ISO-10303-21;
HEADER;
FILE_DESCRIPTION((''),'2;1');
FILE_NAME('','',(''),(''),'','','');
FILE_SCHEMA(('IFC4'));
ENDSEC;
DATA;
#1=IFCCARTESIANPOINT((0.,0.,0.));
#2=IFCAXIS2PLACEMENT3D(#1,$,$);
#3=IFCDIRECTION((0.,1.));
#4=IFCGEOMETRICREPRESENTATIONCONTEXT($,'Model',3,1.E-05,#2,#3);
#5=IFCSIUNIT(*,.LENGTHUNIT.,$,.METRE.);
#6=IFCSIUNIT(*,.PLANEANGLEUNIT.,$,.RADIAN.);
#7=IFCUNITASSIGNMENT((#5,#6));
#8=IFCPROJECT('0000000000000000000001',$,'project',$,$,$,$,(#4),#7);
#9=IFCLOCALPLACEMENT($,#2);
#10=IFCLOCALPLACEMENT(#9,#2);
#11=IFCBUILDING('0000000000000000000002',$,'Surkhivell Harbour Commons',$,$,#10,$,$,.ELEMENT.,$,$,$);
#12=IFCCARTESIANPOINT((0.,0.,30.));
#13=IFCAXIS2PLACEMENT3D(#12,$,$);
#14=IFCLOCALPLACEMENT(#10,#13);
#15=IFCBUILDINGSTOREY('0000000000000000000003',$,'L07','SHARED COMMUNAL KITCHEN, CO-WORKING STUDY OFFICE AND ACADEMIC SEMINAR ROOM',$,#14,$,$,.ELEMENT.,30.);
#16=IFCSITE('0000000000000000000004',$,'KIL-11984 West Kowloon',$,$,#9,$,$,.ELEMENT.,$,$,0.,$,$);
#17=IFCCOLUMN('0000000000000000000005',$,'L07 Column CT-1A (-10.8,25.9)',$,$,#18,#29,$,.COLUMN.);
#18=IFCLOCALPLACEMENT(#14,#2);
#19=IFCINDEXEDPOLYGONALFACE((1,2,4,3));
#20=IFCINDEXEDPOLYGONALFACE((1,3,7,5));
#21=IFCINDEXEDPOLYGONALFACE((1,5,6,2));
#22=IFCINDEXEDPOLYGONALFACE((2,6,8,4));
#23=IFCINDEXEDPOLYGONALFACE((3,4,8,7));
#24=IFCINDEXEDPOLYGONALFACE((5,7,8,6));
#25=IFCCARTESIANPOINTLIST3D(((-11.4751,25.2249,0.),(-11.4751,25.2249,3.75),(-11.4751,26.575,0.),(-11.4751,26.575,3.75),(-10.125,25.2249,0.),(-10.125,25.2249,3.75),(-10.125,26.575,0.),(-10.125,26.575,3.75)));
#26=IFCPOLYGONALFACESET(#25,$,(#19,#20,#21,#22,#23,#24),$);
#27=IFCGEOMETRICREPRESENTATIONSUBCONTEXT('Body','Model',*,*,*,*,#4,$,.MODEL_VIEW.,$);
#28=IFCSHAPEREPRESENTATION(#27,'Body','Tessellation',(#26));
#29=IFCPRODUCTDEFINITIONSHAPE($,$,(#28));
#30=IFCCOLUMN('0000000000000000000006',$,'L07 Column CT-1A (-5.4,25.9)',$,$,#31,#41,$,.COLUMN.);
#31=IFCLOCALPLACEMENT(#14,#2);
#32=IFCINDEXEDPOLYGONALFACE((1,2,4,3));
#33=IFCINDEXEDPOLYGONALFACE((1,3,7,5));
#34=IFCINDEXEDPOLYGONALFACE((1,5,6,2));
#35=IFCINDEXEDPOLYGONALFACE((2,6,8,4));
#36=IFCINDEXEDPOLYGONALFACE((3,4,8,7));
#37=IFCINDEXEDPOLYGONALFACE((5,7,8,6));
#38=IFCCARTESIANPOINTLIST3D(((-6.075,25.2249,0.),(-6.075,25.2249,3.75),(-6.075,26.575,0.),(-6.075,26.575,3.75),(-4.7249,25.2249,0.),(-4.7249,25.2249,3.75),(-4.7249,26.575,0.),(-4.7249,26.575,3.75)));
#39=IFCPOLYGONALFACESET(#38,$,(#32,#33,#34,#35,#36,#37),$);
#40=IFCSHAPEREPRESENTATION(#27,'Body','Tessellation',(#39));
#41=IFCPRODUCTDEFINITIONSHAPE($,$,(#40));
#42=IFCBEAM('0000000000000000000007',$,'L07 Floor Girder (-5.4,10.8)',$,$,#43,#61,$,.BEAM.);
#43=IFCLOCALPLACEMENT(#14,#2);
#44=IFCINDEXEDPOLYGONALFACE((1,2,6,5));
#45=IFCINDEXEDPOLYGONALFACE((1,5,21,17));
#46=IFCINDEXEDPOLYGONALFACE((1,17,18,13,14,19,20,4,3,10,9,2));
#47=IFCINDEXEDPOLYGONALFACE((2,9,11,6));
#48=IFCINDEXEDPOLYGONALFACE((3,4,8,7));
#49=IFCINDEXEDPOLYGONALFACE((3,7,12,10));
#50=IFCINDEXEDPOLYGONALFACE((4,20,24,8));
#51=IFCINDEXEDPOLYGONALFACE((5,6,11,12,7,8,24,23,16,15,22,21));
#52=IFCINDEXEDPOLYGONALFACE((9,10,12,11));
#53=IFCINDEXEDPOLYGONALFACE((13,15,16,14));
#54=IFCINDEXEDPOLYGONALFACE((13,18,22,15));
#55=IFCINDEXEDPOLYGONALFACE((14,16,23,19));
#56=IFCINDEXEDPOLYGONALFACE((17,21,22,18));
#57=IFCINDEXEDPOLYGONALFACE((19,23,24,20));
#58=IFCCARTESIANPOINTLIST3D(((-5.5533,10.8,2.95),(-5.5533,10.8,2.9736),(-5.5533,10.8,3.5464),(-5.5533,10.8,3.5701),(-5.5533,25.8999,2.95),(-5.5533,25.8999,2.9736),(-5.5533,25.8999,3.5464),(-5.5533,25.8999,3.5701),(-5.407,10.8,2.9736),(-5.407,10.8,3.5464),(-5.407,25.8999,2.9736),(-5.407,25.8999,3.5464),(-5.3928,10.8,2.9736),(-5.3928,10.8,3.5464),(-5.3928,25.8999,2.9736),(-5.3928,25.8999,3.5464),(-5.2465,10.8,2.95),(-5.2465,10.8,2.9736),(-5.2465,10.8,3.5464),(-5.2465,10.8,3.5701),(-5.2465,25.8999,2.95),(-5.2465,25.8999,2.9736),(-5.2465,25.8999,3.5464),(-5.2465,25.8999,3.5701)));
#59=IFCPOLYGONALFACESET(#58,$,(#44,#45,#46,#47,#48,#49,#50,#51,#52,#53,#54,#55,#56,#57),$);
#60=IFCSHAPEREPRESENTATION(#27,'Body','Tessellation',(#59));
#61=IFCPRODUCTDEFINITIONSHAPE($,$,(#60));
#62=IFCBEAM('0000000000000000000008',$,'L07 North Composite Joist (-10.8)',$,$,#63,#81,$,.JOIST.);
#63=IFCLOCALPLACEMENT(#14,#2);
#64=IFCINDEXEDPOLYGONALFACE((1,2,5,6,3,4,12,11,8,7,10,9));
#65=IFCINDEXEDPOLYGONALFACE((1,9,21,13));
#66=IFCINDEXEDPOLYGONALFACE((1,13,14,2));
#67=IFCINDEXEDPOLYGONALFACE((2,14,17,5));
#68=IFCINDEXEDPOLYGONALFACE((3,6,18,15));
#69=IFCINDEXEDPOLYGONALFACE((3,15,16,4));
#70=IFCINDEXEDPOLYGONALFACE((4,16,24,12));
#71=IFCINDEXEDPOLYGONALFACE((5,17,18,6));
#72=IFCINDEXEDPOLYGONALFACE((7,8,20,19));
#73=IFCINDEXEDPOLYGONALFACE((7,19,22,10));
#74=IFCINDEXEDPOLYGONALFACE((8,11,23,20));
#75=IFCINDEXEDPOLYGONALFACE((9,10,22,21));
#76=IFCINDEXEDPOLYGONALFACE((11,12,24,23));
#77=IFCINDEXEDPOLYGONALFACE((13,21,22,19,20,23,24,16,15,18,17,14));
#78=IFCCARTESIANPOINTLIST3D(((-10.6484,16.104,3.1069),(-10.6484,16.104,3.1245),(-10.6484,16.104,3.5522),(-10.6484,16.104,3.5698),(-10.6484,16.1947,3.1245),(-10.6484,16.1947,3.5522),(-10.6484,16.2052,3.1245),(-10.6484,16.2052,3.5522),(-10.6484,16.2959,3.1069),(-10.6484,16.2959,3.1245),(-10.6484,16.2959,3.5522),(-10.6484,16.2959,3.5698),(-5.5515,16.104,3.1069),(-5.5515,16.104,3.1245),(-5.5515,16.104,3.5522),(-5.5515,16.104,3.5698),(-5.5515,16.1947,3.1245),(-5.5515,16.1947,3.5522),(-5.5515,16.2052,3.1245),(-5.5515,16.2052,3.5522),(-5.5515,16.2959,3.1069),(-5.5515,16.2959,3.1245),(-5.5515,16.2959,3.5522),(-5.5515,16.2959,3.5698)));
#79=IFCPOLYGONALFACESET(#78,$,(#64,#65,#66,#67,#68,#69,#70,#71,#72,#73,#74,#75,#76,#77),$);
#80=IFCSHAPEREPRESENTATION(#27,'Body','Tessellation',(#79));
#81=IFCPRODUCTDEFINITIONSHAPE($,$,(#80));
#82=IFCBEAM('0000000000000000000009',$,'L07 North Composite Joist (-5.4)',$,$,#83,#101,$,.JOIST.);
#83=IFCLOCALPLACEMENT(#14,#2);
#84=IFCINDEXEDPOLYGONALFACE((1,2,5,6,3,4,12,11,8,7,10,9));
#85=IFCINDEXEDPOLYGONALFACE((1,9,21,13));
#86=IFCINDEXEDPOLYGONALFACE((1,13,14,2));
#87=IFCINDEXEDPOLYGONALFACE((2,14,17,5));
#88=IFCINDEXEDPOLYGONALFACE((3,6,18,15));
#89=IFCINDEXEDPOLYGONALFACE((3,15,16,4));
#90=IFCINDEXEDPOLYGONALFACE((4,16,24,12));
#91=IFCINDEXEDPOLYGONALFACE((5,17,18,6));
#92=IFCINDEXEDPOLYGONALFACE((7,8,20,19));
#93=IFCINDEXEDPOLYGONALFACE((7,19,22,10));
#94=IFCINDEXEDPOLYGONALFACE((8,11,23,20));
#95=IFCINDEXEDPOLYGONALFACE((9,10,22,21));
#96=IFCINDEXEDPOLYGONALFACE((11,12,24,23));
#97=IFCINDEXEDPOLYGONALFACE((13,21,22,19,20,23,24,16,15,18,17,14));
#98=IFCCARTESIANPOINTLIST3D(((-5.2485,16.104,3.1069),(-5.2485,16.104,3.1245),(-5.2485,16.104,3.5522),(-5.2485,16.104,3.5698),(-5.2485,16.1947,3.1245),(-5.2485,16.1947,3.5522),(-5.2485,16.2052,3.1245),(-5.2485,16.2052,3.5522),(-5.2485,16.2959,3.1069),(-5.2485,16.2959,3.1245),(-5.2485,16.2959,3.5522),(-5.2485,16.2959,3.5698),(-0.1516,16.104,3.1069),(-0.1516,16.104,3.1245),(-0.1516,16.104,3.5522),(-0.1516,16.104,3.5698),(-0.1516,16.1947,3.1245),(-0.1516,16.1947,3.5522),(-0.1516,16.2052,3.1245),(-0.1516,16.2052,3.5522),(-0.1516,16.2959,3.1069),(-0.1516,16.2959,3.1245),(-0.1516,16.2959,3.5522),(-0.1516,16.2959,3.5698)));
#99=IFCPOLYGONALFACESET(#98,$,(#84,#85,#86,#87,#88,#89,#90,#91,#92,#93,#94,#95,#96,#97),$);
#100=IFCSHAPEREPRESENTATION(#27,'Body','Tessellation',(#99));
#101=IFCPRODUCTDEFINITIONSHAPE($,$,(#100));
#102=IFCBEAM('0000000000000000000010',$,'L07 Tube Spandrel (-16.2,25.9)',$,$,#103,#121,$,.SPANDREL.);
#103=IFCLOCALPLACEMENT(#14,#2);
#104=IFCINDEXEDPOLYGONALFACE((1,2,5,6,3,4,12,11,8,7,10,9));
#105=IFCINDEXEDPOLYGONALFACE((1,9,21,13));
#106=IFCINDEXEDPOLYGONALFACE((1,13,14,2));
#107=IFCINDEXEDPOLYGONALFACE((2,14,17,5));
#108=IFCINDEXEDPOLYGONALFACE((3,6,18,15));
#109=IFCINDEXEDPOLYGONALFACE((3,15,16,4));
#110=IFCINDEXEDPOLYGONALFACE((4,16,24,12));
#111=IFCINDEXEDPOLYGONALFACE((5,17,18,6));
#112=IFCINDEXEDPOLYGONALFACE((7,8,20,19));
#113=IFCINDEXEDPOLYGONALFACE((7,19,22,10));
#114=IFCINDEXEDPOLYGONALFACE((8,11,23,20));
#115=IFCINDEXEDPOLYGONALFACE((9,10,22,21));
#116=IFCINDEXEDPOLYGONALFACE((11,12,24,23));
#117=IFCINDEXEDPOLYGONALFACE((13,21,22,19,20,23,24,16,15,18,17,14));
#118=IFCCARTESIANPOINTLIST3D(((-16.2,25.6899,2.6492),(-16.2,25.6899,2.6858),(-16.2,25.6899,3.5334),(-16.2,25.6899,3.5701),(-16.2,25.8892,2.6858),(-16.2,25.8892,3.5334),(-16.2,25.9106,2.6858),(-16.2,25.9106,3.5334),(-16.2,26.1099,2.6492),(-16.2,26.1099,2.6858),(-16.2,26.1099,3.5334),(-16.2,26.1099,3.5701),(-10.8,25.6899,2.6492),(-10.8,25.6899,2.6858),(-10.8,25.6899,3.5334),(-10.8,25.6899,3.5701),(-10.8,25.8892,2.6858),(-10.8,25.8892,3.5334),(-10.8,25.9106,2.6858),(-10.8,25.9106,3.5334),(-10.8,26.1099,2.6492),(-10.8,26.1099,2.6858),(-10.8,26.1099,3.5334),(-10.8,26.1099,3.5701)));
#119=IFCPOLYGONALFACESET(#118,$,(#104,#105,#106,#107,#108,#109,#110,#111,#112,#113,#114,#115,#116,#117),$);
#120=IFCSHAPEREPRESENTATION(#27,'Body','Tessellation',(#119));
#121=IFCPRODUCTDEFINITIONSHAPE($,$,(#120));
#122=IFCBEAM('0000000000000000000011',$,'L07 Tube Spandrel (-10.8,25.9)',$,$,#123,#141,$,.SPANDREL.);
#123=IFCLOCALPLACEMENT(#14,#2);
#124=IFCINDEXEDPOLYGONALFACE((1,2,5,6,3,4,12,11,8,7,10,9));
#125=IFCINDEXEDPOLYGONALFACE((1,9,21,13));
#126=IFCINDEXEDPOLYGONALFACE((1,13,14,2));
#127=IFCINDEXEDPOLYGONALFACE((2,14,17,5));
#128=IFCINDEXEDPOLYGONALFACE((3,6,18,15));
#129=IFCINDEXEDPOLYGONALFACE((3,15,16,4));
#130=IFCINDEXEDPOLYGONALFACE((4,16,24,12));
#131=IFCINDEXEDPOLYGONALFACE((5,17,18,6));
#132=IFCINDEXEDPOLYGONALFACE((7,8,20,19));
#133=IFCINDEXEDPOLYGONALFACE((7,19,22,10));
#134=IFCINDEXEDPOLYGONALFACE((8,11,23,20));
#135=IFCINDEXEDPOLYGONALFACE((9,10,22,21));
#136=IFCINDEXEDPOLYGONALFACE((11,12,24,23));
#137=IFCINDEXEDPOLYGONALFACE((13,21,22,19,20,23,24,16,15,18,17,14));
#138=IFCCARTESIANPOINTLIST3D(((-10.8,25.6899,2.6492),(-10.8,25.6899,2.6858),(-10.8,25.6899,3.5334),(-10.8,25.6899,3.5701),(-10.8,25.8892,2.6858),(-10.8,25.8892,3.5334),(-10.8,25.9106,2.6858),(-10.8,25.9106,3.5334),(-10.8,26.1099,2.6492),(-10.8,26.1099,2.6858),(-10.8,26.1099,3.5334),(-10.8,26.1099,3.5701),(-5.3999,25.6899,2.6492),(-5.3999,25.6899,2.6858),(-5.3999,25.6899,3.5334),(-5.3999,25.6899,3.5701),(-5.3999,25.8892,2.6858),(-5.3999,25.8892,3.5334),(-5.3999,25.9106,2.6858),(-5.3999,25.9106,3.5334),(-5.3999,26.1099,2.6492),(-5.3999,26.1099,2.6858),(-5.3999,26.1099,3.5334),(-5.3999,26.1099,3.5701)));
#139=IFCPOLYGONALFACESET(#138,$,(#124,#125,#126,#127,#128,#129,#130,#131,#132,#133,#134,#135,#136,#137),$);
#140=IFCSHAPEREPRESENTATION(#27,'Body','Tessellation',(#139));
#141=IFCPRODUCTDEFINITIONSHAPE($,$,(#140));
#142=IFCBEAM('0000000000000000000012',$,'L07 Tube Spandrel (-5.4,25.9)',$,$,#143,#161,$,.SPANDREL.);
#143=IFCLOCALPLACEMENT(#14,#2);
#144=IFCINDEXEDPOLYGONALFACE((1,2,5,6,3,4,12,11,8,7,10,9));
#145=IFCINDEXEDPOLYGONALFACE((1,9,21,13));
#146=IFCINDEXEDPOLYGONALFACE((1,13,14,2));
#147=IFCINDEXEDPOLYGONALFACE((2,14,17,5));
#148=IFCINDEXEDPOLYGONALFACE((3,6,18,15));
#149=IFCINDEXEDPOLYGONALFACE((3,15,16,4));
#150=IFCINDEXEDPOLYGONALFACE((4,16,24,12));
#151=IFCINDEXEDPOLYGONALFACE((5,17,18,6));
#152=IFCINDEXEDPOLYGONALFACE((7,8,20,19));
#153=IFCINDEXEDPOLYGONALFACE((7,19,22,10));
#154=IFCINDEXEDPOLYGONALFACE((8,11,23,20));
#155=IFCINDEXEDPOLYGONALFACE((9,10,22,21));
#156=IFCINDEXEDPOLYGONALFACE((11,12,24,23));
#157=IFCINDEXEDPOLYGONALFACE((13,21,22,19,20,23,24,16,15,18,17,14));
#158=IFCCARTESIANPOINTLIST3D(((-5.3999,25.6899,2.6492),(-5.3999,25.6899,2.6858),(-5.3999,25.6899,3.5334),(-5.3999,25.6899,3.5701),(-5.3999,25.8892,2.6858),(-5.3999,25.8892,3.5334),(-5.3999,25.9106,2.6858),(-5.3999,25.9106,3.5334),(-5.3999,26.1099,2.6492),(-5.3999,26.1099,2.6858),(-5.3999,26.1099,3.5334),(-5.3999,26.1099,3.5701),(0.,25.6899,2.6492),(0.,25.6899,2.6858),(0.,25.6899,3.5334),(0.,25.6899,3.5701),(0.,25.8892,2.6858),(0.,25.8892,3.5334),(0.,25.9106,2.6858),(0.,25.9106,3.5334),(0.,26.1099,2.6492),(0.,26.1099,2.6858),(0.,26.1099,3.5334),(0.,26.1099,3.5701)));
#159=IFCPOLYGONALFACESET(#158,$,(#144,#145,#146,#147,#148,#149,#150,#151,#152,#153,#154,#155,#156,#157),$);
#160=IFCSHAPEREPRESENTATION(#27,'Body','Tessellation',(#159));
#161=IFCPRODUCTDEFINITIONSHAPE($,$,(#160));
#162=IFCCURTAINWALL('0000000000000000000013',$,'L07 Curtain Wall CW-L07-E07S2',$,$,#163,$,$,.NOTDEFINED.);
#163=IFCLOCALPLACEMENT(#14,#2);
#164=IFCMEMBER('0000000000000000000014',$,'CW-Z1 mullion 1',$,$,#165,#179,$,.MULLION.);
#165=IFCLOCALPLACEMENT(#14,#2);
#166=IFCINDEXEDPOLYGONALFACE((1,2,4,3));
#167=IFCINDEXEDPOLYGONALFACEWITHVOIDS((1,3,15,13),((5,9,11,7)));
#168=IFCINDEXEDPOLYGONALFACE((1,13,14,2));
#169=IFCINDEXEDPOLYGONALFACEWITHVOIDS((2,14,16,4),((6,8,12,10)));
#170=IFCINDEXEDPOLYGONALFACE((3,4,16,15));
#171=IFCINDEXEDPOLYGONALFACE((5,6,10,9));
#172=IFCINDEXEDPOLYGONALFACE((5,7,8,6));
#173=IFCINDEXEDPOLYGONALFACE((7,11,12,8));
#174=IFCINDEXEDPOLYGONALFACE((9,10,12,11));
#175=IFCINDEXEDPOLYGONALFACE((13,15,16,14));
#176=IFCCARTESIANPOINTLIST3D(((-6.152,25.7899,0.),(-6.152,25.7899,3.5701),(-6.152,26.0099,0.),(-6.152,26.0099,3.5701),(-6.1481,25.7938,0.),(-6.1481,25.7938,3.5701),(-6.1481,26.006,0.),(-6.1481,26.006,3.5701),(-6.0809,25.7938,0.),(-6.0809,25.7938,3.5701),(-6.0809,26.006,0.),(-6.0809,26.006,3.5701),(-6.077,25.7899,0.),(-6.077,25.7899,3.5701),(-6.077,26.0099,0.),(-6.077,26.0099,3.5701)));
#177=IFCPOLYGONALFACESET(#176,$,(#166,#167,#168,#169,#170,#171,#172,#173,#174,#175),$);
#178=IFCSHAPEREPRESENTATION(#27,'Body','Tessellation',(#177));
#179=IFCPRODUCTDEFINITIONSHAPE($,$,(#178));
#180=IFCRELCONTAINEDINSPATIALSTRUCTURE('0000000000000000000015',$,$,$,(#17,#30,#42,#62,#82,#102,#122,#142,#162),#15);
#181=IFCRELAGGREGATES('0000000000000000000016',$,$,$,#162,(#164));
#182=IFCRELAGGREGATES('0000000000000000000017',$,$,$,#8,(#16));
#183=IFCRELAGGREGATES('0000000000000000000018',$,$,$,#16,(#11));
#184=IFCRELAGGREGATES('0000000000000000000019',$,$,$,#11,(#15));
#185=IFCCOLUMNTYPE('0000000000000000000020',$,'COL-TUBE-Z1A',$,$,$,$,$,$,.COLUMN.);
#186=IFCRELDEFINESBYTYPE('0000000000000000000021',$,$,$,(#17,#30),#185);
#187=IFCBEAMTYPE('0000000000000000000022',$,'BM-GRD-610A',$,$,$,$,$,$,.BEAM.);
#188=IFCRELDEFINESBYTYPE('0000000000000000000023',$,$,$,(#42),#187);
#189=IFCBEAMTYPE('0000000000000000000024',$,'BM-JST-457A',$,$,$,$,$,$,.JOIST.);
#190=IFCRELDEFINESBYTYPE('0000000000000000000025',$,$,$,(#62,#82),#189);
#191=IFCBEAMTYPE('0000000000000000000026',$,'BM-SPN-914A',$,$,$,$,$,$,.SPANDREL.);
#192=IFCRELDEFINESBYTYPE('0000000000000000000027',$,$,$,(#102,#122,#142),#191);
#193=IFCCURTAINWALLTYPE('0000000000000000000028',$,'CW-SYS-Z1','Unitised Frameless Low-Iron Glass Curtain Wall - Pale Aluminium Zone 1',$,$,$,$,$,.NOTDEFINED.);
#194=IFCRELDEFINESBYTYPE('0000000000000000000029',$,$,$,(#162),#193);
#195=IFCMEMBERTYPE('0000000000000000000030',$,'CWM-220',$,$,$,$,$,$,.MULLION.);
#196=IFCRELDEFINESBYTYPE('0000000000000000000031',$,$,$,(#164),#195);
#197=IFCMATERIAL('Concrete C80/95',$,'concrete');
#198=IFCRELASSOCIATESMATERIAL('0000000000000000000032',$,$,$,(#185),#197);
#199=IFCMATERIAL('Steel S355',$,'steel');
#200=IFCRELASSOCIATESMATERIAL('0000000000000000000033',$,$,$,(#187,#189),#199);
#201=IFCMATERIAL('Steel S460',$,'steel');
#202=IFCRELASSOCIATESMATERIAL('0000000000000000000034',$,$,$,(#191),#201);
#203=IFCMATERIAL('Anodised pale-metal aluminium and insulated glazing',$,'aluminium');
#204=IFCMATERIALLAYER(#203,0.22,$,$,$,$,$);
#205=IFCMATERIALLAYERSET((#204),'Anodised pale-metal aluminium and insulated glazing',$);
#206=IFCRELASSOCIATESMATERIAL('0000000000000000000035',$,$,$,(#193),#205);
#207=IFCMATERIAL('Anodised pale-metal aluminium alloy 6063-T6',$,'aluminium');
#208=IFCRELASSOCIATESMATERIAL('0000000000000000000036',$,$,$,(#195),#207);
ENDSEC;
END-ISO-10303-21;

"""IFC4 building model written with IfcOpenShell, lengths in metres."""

from ifc_helpers import new_model, si_unit, direction, frame, origin, origin_2d, place, context, subcontext, project, spatial, rectangle, hollow_rectangle, i_section, extrude, material, layer, layer_set, material_profile, profile_set, type_object, element, aggregate, save


model = new_model("IFC4")

# Units and contexts
model_context = context("Model", 3, precision=1e-05, world=origin(), true_north=direction((0.0, 1.0)))
body_context = subcontext(model_context, "Body", "Model", "MODEL_VIEW")
ifc_project = project(units=[si_unit("LENGTHUNIT", "METRE"), si_unit("PLANEANGLEUNIT", "RADIAN")], contexts=[model_context])

# Site, building, storey
site_placement = place(None, origin())
site = spatial("IfcSite", under=ifc_project, at=site_placement, Name="KIL-11984 West Kowloon", CompositionType="ELEMENT", RefElevation=0.0)
building_placement = place(site_placement, origin())
building = spatial("IfcBuilding", under=site, at=building_placement, Name="Surkhivell Harbour Commons", CompositionType="ELEMENT")
storey_placement = place(building_placement, frame((0.0, 0.0, 30.0)))
storey = spatial("IfcBuildingStorey", under=building, at=storey_placement, Name="L07", Description="SHARED COMMUNAL KITCHEN, CO-WORKING STUDY OFFICE AND ACADEMIC SEMINAR ROOM", CompositionType="ELEMENT", Elevation=30.0)

# Columns
ifc_material_1 = material(Name="Concrete C80/95", Category="concrete")
ifc_material_profile_1 = material_profile(ifc_material_1, rectangle(XDim=1.3501, YDim=1.3501, at=origin_2d()), Name="RC-COL-1350x1350")
ifc_profile_set_1 = profile_set([ifc_material_profile_1], Name="Concrete C80/95")
column_type = type_object("IfcColumnType", Name="COL-TUBE-Z1A", PredefinedType="COLUMN", material=ifc_profile_set_1)
for number, where, z_axis, x_axis, name in (
    (1, (-10.8, 25.8999, 0.0), (0.0, 0.0, 1.0), (1.0, 0.0, 0.0), "L07 Column CT-1A (-10.8,25.9)"),
    (2, (-5.3999, 25.8999, 0.0), (0.0, 0.0, 1.0), (1.0, 0.0, 0.0), "L07 Column CT-1A (-5.4,25.9)"),
):
    element("IfcColumn", number, at=place(storey_placement, frame(where, z_axis=z_axis, x_axis=x_axis)), inside=storey, type_object=column_type, Name=name, PredefinedType="COLUMN", context=body_context, shape_type="SweptSolid", body=[
        extrude(rectangle(XDim=1.3501, YDim=1.3501, at=origin_2d()), origin(), (0.0, 0.0, 1.0), 3.75),
    ])

# Beams
ifc_material_2 = material(Name="Steel S355", Category="steel")
ifc_material_profile_2 = material_profile(ifc_material_2, i_section(OverallWidth=0.3069, OverallDepth=0.6201, WebThickness=0.0142, FlangeThickness=0.0237, at=origin_2d()), Name="UB610x305x179")
ifc_profile_set_2 = profile_set([ifc_material_profile_2], Name="Steel S355")
beam_type_1 = type_object("IfcBeamType", Name="BM-GRD-610A", PredefinedType="BEAM", material=ifc_profile_set_2)
beam_1_placement = place(storey_placement, frame((-5.3999, 10.8, 3.26), z_axis=(0.0, 1.0, 0.0), x_axis=(-1.0, 0.0, 0.0)))
element("IfcBeam", 3, at=beam_1_placement, inside=storey, type_object=beam_type_1, Name="L07 Floor Girder (-5.4,10.8)", PredefinedType="BEAM", context=body_context, shape_type="SweptSolid", body=[
    extrude(i_section(OverallWidth=0.3069, OverallDepth=0.6201, WebThickness=0.0142, FlangeThickness=0.0237, at=origin_2d()), origin(), (0.0, 0.0, 1.0), 15.0999),
])
ifc_material_profile_3 = material_profile(ifc_material_2, i_section(OverallWidth=0.1919, OverallDepth=0.4629, WebThickness=0.0105, FlangeThickness=0.0176, at=origin_2d()), Name="UB457x191x89")
ifc_profile_set_3 = profile_set([ifc_material_profile_3], Name="Steel S355")
beam_type_2 = type_object("IfcBeamType", Name="BM-JST-457A", PredefinedType="JOIST", material=ifc_profile_set_3)
for number, where, z_axis, x_axis, name in (
    (4, (-10.6484, 16.2, 3.3384), (1.0, 0.0, 0.0), (0.0, 1.0, 0.0), "L07 North Composite Joist (-10.8)"),
    (5, (-5.2485, 16.2, 3.3384), (1.0, 0.0, 0.0), (0.0, 1.0, 0.0), "L07 North Composite Joist (-5.4)"),
):
    element("IfcBeam", number, at=place(storey_placement, frame(where, z_axis=z_axis, x_axis=x_axis)), inside=storey, type_object=beam_type_2, Name=name, PredefinedType="JOIST", context=body_context, shape_type="SweptSolid", body=[
        extrude(i_section(OverallWidth=0.1919, OverallDepth=0.4629, WebThickness=0.0105, FlangeThickness=0.0176, at=origin_2d()), origin(), (0.0, 0.0, 1.0), 5.0969),
    ])
ifc_material_3 = material(Name="Steel S460", Category="steel")
ifc_material_profile_4 = material_profile(ifc_material_3, i_section(OverallWidth=0.4199, OverallDepth=0.9209, WebThickness=0.0215, FlangeThickness=0.0366, at=origin_2d()), Name="UB914x419x388")
ifc_profile_set_4 = profile_set([ifc_material_profile_4], Name="Steel S460")
beam_type_3 = type_object("IfcBeamType", Name="BM-SPN-914A", PredefinedType="SPANDREL", material=ifc_profile_set_4)
beam_2_placement = place(storey_placement, frame((-16.2, 25.8999, 3.1096), z_axis=(1.0, 0.0, 0.0), x_axis=(0.0, 1.0, 0.0)))
element("IfcBeam", 6, at=beam_2_placement, inside=storey, type_object=beam_type_3, Name="L07 Tube Spandrel (-16.2,25.9)", PredefinedType="SPANDREL", context=body_context, shape_type="SweptSolid", body=[
    extrude(i_section(OverallWidth=0.4199, OverallDepth=0.9209, WebThickness=0.0215, FlangeThickness=0.0366, at=origin_2d()), origin(), (0.0, 0.0, 1.0), 5.3999),
])
beam_3_placement = place(storey_placement, frame((-10.8, 25.8999, 3.1096), z_axis=(1.0, 0.0, 0.0), x_axis=(0.0, 1.0, 0.0)))
element("IfcBeam", 7, at=beam_3_placement, inside=storey, type_object=beam_type_3, Name="L07 Tube Spandrel (-10.8,25.9)", PredefinedType="SPANDREL", context=body_context, shape_type="SweptSolid", body=[
    extrude(i_section(OverallWidth=0.4199, OverallDepth=0.9209, WebThickness=0.0215, FlangeThickness=0.0366, at=origin_2d()), origin(), (0.0, 0.0, 1.0), 5.4001),
])
beam_4_placement = place(storey_placement, frame((-5.3999, 25.8999, 3.1096), z_axis=(1.0, 0.0, 0.0), x_axis=(0.0, 1.0, 0.0)))
element("IfcBeam", 8, at=beam_4_placement, inside=storey, type_object=beam_type_3, Name="L07 Tube Spandrel (-5.4,25.9)", PredefinedType="SPANDREL", context=body_context, shape_type="SweptSolid", body=[
    extrude(i_section(OverallWidth=0.4199, OverallDepth=0.9209, WebThickness=0.0215, FlangeThickness=0.0366, at=origin_2d()), origin(), (0.0, 0.0, 1.0), 5.3999),
])

# Curtain wall, member
ifc_material_4 = material(Name="Anodised pale-metal aluminium and insulated glazing", Category="aluminium")
ifc_layer_1 = layer(ifc_material_4, 0.22)
ifc_layer_set_1 = layer_set([ifc_layer_1], Name="Anodised pale-metal aluminium and insulated glazing")
curtain_wall_type = type_object("IfcCurtainWallType", Name="CW-SYS-Z1", Description="Unitised Frameless Low-Iron Glass Curtain Wall - Pale Aluminium Zone 1", PredefinedType="NOTDEFINED", material=ifc_layer_set_1)
curtain_wall_placement = place(storey_placement, origin())
curtain_wall = element("IfcCurtainWall", 9, at=curtain_wall_placement, inside=storey, type_object=curtain_wall_type, Name="L07 Curtain Wall CW-L07-E07S2", PredefinedType="NOTDEFINED")
ifc_material_5 = material(Name="Anodised pale-metal aluminium alloy 6063-T6", Category="aluminium")
ifc_material_profile_5 = material_profile(ifc_material_5, hollow_rectangle(XDim=0.075, YDim=0.22, WallThickness=0.0039, at=origin_2d()), Name="ALU-MULL-75x220")
ifc_profile_set_5 = profile_set([ifc_material_profile_5], Name="Anodised pale-metal aluminium alloy 6063-T6")
member_type_1 = type_object("IfcMemberType", Name="CWM-220", PredefinedType="MULLION", material=ifc_profile_set_5)
member_1_placement = place(storey_placement, frame((-6.1145, 25.8999, 0.0), z_axis=(0.0, 0.0, 1.0), x_axis=(-1.0, 0.0, 0.0)))
member_1 = element("IfcMember", 10, at=member_1_placement, type_object=member_type_1, Name="CW-Z1 mullion 1", PredefinedType="MULLION", context=body_context, shape_type="SweptSolid", body=[
    extrude(hollow_rectangle(XDim=0.075, YDim=0.22, WallThickness=0.0039, at=origin_2d()), origin(), (0.0, 0.0, 1.0), 3.5701),
])
aggregate(curtain_wall, [member_1])

save(model, "model.ifc")
